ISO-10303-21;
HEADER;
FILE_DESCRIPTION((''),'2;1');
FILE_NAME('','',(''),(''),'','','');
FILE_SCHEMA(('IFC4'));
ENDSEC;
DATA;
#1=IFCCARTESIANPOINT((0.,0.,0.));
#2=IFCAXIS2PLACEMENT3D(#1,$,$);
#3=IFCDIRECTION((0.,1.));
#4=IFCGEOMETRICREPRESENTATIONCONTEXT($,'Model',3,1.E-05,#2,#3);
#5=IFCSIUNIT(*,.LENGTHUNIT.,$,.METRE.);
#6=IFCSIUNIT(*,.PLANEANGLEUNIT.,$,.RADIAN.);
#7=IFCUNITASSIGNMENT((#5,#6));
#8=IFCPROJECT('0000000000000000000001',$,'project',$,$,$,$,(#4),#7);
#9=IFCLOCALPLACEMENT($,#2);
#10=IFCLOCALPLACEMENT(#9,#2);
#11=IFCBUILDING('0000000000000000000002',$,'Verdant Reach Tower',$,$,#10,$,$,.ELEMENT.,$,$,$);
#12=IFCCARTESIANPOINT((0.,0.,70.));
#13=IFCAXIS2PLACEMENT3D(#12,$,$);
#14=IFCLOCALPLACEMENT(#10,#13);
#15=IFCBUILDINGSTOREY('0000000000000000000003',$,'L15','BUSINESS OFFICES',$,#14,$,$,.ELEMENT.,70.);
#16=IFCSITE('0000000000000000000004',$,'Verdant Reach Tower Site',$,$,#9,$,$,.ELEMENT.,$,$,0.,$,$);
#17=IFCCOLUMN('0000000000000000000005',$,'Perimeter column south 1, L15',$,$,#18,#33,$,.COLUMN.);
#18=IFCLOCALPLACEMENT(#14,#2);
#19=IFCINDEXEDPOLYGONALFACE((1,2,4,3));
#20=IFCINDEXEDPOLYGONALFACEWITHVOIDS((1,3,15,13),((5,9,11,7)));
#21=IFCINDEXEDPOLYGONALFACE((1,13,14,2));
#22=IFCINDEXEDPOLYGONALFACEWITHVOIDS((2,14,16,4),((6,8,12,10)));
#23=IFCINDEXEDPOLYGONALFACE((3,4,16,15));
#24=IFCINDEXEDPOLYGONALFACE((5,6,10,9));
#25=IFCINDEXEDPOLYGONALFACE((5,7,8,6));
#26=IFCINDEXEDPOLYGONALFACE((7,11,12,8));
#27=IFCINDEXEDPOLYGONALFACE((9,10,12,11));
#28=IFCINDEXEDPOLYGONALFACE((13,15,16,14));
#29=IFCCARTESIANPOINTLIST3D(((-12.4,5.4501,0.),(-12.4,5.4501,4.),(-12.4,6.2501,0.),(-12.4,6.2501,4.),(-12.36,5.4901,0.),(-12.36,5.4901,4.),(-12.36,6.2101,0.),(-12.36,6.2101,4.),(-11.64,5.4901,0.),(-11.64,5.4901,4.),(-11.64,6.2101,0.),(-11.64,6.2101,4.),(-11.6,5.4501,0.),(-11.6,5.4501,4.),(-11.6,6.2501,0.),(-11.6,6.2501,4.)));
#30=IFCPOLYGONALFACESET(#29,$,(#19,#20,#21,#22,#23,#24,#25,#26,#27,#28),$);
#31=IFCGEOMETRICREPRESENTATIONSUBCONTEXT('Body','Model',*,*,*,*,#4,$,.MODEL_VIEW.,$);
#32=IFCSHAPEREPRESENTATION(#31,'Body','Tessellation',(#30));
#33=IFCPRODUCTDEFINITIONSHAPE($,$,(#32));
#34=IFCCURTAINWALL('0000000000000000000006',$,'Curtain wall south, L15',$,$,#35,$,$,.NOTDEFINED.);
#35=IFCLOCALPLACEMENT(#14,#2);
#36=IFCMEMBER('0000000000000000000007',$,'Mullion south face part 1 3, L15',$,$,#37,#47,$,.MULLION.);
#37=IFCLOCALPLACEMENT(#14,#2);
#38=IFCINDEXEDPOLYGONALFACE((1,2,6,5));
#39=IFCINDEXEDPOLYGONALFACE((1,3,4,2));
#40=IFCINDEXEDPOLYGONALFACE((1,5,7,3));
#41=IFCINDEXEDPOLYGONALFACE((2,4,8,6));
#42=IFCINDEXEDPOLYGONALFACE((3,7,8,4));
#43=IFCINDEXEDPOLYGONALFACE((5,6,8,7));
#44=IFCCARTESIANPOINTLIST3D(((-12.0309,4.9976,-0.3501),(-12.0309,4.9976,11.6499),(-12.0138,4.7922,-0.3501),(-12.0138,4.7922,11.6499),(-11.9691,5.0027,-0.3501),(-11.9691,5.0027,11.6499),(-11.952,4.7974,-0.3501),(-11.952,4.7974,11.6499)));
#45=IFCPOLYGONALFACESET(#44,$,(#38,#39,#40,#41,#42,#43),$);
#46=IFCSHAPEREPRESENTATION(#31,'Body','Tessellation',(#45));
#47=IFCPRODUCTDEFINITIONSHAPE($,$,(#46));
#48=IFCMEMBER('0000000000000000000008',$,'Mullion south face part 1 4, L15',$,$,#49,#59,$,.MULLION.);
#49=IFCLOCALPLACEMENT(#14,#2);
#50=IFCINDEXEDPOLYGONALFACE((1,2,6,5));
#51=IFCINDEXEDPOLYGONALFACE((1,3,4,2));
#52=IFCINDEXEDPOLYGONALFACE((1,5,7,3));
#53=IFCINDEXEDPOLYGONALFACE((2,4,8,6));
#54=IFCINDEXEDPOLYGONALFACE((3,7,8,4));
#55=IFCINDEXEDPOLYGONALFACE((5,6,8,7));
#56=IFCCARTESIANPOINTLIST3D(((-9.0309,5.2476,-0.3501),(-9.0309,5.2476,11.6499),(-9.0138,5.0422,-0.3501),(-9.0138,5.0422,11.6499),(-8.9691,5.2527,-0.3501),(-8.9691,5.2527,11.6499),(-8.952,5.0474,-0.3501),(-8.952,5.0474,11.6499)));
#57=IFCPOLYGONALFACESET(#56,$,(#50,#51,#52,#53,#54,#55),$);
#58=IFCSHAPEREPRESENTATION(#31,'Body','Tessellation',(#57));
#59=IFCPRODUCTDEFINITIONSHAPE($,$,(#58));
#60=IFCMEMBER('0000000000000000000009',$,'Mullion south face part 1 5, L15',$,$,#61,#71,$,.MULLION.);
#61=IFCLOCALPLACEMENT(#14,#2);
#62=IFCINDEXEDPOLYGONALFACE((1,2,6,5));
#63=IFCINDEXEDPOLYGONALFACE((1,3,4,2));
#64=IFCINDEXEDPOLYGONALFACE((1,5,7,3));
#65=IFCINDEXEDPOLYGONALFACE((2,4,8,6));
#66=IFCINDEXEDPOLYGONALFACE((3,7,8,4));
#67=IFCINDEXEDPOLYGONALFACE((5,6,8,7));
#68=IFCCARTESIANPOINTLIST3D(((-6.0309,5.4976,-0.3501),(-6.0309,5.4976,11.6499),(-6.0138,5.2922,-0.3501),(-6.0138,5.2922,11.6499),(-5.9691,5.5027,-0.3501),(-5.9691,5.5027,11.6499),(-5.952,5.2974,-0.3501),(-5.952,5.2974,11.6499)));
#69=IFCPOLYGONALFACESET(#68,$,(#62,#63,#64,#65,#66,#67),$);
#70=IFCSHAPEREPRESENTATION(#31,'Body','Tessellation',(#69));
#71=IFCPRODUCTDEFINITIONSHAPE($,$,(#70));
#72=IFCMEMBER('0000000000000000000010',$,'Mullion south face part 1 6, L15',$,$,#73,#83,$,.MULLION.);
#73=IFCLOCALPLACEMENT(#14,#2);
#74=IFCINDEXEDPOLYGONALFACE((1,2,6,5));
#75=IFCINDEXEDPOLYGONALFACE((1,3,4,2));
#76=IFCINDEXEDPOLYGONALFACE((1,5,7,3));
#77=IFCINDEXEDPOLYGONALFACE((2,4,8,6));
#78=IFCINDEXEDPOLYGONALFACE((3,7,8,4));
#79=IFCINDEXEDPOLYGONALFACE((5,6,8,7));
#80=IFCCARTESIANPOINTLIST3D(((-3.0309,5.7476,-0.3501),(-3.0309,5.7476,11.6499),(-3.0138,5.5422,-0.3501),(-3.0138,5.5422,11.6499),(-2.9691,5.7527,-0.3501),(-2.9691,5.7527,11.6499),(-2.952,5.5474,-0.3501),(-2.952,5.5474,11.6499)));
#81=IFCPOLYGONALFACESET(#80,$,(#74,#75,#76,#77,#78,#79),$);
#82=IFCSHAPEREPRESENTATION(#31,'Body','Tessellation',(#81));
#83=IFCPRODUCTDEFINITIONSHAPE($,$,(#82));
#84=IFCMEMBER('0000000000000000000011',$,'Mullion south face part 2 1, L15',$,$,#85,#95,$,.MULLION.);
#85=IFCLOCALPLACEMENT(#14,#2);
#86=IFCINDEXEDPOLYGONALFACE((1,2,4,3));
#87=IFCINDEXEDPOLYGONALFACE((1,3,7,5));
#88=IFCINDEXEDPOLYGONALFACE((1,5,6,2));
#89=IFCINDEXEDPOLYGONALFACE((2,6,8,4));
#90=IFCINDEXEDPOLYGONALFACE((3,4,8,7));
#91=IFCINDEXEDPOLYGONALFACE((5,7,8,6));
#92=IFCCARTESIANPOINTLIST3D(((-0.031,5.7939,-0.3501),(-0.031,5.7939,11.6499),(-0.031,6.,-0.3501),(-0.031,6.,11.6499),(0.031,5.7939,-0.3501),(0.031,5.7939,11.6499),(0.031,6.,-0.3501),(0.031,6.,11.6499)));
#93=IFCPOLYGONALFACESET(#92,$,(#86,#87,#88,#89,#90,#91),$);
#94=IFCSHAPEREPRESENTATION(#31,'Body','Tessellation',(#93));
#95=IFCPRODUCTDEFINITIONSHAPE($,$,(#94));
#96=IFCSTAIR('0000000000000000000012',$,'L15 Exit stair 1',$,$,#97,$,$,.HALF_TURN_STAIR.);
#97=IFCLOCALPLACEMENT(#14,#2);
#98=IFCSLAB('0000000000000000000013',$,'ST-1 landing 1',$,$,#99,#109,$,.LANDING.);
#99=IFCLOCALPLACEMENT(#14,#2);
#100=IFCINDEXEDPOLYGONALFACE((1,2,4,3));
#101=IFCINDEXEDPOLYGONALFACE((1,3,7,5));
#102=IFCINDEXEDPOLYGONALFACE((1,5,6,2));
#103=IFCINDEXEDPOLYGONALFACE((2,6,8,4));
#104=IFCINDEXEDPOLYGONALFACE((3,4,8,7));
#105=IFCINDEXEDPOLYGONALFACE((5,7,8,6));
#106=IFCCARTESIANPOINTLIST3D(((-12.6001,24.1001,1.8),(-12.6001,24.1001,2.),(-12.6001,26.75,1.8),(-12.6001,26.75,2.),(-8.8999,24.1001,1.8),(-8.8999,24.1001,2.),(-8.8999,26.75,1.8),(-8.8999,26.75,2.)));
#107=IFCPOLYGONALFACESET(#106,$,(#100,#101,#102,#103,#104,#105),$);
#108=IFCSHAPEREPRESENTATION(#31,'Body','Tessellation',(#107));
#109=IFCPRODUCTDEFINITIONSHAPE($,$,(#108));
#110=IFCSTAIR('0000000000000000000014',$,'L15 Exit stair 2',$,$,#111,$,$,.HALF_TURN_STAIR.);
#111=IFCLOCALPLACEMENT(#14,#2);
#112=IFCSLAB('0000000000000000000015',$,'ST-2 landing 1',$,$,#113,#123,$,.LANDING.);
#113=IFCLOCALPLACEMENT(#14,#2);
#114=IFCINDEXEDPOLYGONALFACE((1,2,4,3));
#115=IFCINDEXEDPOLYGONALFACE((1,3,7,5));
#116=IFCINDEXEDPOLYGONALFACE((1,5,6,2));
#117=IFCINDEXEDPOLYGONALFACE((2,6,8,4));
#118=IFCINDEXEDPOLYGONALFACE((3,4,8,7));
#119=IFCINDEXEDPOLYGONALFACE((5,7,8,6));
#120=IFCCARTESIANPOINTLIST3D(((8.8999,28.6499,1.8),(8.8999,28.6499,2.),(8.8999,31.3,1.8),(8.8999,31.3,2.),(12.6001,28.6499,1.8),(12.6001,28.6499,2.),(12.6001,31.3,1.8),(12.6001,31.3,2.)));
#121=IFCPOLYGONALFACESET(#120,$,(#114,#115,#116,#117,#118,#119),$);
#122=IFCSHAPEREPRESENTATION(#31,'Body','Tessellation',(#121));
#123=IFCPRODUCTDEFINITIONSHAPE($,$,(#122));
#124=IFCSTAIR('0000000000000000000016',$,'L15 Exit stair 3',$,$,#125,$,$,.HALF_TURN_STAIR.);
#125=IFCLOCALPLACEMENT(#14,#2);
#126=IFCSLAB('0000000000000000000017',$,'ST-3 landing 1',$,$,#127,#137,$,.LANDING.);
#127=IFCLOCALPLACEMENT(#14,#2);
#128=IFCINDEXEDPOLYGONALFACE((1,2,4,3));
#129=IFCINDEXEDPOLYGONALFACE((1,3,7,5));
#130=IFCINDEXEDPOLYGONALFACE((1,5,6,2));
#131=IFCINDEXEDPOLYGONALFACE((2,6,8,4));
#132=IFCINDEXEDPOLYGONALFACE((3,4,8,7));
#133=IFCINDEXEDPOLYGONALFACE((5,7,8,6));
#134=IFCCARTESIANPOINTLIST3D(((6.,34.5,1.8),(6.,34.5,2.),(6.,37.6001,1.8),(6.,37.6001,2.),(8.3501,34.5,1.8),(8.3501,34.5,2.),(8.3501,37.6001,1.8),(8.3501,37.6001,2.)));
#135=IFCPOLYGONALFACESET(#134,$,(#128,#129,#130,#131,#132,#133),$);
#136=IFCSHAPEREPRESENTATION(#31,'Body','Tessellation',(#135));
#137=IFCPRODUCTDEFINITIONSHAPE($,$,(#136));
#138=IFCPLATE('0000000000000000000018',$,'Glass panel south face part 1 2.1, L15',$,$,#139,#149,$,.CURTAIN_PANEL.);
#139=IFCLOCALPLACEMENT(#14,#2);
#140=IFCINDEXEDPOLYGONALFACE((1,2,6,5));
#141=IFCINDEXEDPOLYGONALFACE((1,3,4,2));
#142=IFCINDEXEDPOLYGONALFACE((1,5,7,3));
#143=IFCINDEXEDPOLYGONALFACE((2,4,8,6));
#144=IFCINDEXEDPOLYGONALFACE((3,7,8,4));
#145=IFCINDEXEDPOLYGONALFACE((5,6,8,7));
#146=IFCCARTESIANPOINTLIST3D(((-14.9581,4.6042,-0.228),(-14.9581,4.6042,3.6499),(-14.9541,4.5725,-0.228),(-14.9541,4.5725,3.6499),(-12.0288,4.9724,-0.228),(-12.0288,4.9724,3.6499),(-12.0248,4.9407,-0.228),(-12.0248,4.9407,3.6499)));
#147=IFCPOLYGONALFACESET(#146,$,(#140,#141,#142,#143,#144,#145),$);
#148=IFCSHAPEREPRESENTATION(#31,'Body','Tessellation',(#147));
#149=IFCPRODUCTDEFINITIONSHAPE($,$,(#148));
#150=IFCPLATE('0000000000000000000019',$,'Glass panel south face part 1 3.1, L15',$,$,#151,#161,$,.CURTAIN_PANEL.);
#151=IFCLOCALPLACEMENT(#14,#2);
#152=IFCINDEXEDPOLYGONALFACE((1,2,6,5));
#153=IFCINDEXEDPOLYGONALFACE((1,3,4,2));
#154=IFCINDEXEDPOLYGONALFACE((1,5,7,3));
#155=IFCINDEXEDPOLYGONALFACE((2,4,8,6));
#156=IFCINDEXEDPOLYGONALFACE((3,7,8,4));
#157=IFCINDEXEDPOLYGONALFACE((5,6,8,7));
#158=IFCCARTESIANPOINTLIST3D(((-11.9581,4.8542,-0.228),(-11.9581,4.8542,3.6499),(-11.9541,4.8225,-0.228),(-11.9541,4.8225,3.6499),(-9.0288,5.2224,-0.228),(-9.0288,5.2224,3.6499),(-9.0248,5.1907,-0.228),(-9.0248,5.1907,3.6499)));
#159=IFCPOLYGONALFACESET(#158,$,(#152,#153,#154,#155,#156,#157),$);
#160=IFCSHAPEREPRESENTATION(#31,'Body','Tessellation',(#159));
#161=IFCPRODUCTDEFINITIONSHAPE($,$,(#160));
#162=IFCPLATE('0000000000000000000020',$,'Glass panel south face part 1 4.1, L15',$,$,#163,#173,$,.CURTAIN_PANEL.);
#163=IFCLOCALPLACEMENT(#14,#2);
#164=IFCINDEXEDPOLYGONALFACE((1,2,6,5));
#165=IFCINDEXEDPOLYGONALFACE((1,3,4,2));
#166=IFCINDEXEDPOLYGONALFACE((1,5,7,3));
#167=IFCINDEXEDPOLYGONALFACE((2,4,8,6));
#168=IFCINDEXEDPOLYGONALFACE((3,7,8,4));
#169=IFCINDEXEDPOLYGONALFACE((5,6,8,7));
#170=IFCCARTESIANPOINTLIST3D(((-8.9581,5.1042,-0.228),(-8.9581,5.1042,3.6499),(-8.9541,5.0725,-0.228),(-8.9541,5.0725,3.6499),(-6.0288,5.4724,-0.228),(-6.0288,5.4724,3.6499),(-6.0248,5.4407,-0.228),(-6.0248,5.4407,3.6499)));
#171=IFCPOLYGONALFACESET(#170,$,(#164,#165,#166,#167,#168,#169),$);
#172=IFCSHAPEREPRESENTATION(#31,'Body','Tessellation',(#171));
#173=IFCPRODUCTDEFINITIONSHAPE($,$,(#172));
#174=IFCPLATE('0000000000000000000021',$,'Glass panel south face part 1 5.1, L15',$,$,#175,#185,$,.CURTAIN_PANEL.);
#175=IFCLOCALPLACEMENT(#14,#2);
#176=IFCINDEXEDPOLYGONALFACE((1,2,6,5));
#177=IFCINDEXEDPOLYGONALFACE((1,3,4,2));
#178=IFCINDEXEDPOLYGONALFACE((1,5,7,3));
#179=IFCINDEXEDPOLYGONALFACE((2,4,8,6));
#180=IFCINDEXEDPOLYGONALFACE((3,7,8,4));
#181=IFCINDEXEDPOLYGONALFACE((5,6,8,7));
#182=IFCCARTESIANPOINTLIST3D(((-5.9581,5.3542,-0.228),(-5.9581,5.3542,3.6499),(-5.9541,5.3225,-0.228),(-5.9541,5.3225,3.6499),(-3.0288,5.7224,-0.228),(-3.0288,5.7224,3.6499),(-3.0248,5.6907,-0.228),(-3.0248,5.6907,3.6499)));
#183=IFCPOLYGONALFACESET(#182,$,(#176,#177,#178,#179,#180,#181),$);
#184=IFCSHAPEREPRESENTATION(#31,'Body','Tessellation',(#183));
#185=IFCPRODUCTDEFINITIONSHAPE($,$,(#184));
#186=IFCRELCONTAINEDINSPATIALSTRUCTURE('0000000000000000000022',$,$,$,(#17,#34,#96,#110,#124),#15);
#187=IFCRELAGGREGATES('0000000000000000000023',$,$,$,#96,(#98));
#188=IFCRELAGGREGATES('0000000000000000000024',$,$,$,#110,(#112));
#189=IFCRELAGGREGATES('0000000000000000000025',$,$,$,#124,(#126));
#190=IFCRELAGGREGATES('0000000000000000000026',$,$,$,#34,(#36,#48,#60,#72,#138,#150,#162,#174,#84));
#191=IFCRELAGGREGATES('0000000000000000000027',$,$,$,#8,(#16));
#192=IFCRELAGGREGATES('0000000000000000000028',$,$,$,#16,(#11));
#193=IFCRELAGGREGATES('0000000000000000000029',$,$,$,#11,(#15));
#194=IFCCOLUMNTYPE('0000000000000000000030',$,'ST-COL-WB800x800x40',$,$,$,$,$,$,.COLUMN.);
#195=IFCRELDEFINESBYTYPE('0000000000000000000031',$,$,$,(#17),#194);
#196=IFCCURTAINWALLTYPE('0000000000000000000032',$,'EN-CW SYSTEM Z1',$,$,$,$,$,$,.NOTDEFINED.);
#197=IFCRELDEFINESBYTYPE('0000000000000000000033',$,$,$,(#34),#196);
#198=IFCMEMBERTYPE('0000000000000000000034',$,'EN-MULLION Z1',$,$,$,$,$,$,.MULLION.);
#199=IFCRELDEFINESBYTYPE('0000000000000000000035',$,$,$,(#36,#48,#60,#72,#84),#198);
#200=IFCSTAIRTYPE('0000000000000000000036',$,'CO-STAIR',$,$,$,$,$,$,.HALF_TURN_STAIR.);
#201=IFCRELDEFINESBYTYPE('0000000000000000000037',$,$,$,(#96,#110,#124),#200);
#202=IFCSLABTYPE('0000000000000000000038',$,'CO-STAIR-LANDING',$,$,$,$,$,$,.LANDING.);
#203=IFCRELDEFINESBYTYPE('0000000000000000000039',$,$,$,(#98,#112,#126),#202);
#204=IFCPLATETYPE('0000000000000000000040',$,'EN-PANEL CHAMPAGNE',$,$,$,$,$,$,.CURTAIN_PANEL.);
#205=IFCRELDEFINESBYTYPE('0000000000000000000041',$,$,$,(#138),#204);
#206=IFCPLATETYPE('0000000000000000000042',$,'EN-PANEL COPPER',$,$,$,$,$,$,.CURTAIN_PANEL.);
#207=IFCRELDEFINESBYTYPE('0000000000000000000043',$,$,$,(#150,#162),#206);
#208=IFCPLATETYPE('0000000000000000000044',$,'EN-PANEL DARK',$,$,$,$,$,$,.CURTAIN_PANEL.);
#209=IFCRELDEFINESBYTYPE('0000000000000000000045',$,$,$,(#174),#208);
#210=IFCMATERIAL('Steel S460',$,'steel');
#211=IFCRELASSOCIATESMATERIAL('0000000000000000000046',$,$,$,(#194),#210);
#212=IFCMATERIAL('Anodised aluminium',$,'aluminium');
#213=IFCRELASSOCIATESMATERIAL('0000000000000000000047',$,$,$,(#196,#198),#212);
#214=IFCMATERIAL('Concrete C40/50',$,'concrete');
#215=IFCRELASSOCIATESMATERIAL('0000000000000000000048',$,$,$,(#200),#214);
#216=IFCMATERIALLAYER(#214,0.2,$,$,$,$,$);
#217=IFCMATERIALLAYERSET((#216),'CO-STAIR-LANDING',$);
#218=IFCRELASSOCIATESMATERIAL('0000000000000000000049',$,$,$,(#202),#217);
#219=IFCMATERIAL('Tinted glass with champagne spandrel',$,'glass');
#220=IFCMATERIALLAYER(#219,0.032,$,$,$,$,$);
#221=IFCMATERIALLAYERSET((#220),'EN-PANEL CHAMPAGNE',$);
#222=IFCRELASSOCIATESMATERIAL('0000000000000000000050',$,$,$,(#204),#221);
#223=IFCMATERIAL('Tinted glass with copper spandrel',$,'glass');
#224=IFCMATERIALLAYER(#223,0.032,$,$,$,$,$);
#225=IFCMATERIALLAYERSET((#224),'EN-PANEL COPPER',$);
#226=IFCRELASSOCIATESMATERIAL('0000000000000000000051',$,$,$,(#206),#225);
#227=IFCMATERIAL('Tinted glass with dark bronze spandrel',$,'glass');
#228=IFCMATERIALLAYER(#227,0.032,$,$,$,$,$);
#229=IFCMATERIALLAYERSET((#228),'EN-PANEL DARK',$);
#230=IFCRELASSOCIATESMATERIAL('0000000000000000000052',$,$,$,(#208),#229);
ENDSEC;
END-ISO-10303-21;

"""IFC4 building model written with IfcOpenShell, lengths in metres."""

from ifc_helpers import new_model, si_unit, direction, frame, origin, origin_2d, place, context, subcontext, project, spatial, polyline, rectangle, hollow_rectangle, outline, extrude, material, layer, layer_set, material_profile, profile_set, type_object, element, aggregate, save


model = new_model("IFC4")

# Units and contexts
model_context = context("Model", 3, precision=1e-05, world=origin(), true_north=direction((0.0, 1.0)))
body_context = subcontext(model_context, "Body", "Model", "MODEL_VIEW")
ifc_project = project(units=[si_unit("LENGTHUNIT", "METRE"), si_unit("PLANEANGLEUNIT", "RADIAN")], contexts=[model_context])

# Site, building, storey
site_placement = place(None, origin())
site = spatial("IfcSite", under=ifc_project, at=site_placement, Name="Verdant Reach Tower Site", CompositionType="ELEMENT", RefElevation=0.0)
building_placement = place(site_placement, origin())
building = spatial("IfcBuilding", under=site, at=building_placement, Name="Verdant Reach Tower", CompositionType="ELEMENT")
storey_placement = place(building_placement, frame((0.0, 0.0, 70.0)))
storey = spatial("IfcBuildingStorey", under=building, at=storey_placement, Name="L15", Description="BUSINESS OFFICES", CompositionType="ELEMENT", Elevation=70.0)

# Column
ifc_material_1 = material(Name="Steel S460", Category="steel")
ifc_material_profile_1 = material_profile(ifc_material_1, hollow_rectangle(XDim=0.8, YDim=0.8, WallThickness=0.04, at=origin_2d()), Name="WB 800x800x40")
ifc_profile_set_1 = profile_set([ifc_material_profile_1], Name="Steel S460")
column_type = type_object("IfcColumnType", Name="ST-COL-WB800x800x40", PredefinedType="COLUMN", material=ifc_profile_set_1)
column_placement = place(storey_placement, frame((-12.0, 5.8501, 0.0), z_axis=(0.0, 0.0, 1.0), x_axis=(1.0, 0.0, 0.0)))
element("IfcColumn", 1, at=column_placement, inside=storey, type_object=column_type, Name="Perimeter column south 1, L15", PredefinedType="COLUMN", context=body_context, shape_type="SweptSolid", body=[
    extrude(hollow_rectangle(XDim=0.8, YDim=0.8, WallThickness=0.04, at=origin_2d()), origin(), (0.0, 0.0, 1.0), 4.0),
])

# Curtain wall, members
ifc_material_2 = material(Name="Anodised aluminium", Category="aluminium")
curtain_wall_type = type_object("IfcCurtainWallType", Name="EN-CW SYSTEM Z1", PredefinedType="NOTDEFINED", material=ifc_material_2)
curtain_wall_placement = place(storey_placement, origin())
curtain_wall = element("IfcCurtainWall", 2, at=curtain_wall_placement, inside=storey, type_object=curtain_wall_type, Name="Curtain wall south, L15", PredefinedType="NOTDEFINED")
ifc_material_profile_2 = material_profile(ifc_material_2, rectangle(XDim=0.2061, YDim=0.062, at=origin_2d()), Name="Mullion 62x206")
ifc_profile_set_2 = profile_set([ifc_material_profile_2], Name="Anodised aluminium")
member_type = type_object("IfcMemberType", Name="EN-MULLION Z1", PredefinedType="MULLION", material=ifc_profile_set_2)
member_1_placement = place(storey_placement, frame((-11.9915, 4.8975, -0.3501), z_axis=(0.0, 0.0, 1.0), x_axis=(0.083045, -0.996546, 0.0)))
member_1 = element("IfcMember", 3, at=member_1_placement, type_object=member_type, Name="Mullion south face part 1 3, L15", PredefinedType="MULLION", context=body_context, shape_type="SweptSolid", body=[
    extrude(rectangle(XDim=0.2061, YDim=0.062, at=origin_2d()), origin(), (0.0, 0.0, 1.0), 12.0),
])
member_2_placement = place(storey_placement, frame((-8.9915, 5.1475, -0.3501), z_axis=(0.0, 0.0, 1.0), x_axis=(0.083045, -0.996546, 0.0)))
member_2 = element("IfcMember", 4, at=member_2_placement, type_object=member_type, Name="Mullion south face part 1 4, L15", PredefinedType="MULLION", context=body_context, shape_type="SweptSolid", body=[
    extrude(rectangle(XDim=0.2061, YDim=0.062, at=origin_2d()), origin(), (0.0, 0.0, 1.0), 12.0),
])
member_3_placement = place(storey_placement, frame((-5.9915, 5.3975, -0.3501), z_axis=(0.0, 0.0, 1.0), x_axis=(0.083045, -0.996546, 0.0)))
member_3 = element("IfcMember", 5, at=member_3_placement, type_object=member_type, Name="Mullion south face part 1 5, L15", PredefinedType="MULLION", context=body_context, shape_type="SweptSolid", body=[
    extrude(rectangle(XDim=0.2061, YDim=0.062, at=origin_2d()), origin(), (0.0, 0.0, 1.0), 12.0),
])
member_4_placement = place(storey_placement, frame((-2.9915, 5.6475, -0.3501), z_axis=(0.0, 0.0, 1.0), x_axis=(0.083045, -0.996546, 0.0)))
member_4 = element("IfcMember", 6, at=member_4_placement, type_object=member_type, Name="Mullion south face part 1 6, L15", PredefinedType="MULLION", context=body_context, shape_type="SweptSolid", body=[
    extrude(rectangle(XDim=0.2061, YDim=0.062, at=origin_2d()), origin(), (0.0, 0.0, 1.0), 12.0),
])
member_5_placement = place(storey_placement, frame((0.0, 5.897, -0.3501), z_axis=(0.0, 0.0, 1.0), x_axis=(0.0, -1.0, 0.0)))
member_5 = element("IfcMember", 7, at=member_5_placement, type_object=member_type, Name="Mullion south face part 2 1, L15", PredefinedType="MULLION", context=body_context, shape_type="SweptSolid", body=[
    extrude(rectangle(XDim=0.2061, YDim=0.062, at=origin_2d()), origin(), (0.0, 0.0, 1.0), 12.0),
])

# Stairs, slabs
ifc_material_3 = material(Name="Concrete C40/50", Category="concrete")
stair_type = type_object("IfcStairType", Name="CO-STAIR", PredefinedType="HALF_TURN_STAIR", material=ifc_material_3)
stair_1_placement = place(storey_placement, origin())
stair_1 = element("IfcStair", 8, at=stair_1_placement, inside=storey, type_object=stair_type, Name="L15 Exit stair 1", PredefinedType="HALF_TURN_STAIR")
ifc_layer_1 = layer(ifc_material_3, 0.2)
ifc_layer_set_1 = layer_set([ifc_layer_1], Name="CO-STAIR-LANDING")
slab_type_1 = type_object("IfcSlabType", Name="CO-STAIR-LANDING", PredefinedType="LANDING", material=ifc_layer_set_1)
slab_1_placement = place(storey_placement, frame((0.0, 0.0, 1.8)))
slab_1 = element("IfcSlab", 9, at=slab_1_placement, type_object=slab_type_1, Name="ST-1 landing 1", PredefinedType="LANDING", context=body_context, shape_type="SweptSolid", body=[
    extrude(outline(polyline([(-12.6001, 26.75), (-12.6001, 24.1001), (-8.8999, 24.1001), (-8.8999, 26.75), (-12.6001, 26.75)])), origin(), (0.0, 0.0, 1.0), 0.2),
])
aggregate(stair_1, [slab_1])
stair_2_placement = place(storey_placement, origin())
stair_2 = element("IfcStair", 10, at=stair_2_placement, inside=storey, type_object=stair_type, Name="L15 Exit stair 2", PredefinedType="HALF_TURN_STAIR")
slab_2_placement = place(storey_placement, frame((0.0, 0.0, 1.8)))
slab_2 = element("IfcSlab", 11, at=slab_2_placement, type_object=slab_type_1, Name="ST-2 landing 1", PredefinedType="LANDING", context=body_context, shape_type="SweptSolid", body=[
    extrude(outline(polyline([(12.6001, 28.6499), (12.6001, 31.3), (8.8999, 31.3), (8.8999, 28.6499), (12.6001, 28.6499)])), origin(), (0.0, 0.0, 1.0), 0.2),
])
aggregate(stair_2, [slab_2])
stair_3_placement = place(storey_placement, origin())
stair_3 = element("IfcStair", 12, at=stair_3_placement, inside=storey, type_object=stair_type, Name="L15 Exit stair 3", PredefinedType="HALF_TURN_STAIR")
slab_3_placement = place(storey_placement, frame((0.0, 0.0, 1.8)))
slab_3 = element("IfcSlab", 13, at=slab_3_placement, type_object=slab_type_1, Name="ST-3 landing 1", PredefinedType="LANDING", context=body_context, shape_type="SweptSolid", body=[
    extrude(outline(polyline([(8.3501, 37.6001), (6.0, 37.6001), (6.0, 34.5), (8.3501, 34.5), (8.3501, 37.6001)])), origin(), (0.0, 0.0, 1.0), 0.2),
])
aggregate(stair_3, [slab_3])

# Plates
ifc_material_4 = material(Name="Tinted glass with champagne spandrel", Category="glass")
ifc_layer_2 = layer(ifc_material_4, 0.032)
ifc_layer_set_2 = layer_set([ifc_layer_2], Name="EN-PANEL CHAMPAGNE")
plate_type_1 = type_object("IfcPlateType", Name="EN-PANEL CHAMPAGNE", PredefinedType="CURTAIN_PANEL", material=ifc_layer_set_2)
plate_1_placement = place(storey_placement, frame((-13.4915, 4.7725, -0.228), z_axis=(0.0, 0.0, 1.0), x_axis=(0.992194, 0.124704, 0.0)))
plate_1 = element("IfcPlate", 14, at=plate_1_placement, type_object=plate_type_1, Name="Glass panel south face part 1 2.1, L15", PredefinedType="CURTAIN_PANEL", context=body_context, shape_type="SweptSolid", body=[
    extrude(rectangle(XDim=2.9524, YDim=0.032, at=origin_2d()), origin(), (0.0, 0.0, 1.0), 3.8779),
])
ifc_material_5 = material(Name="Tinted glass with copper spandrel", Category="glass")
ifc_layer_3 = layer(ifc_material_5, 0.032)
ifc_layer_set_3 = layer_set([ifc_layer_3], Name="EN-PANEL COPPER")
plate_type_2 = type_object("IfcPlateType", Name="EN-PANEL COPPER", PredefinedType="CURTAIN_PANEL", material=ifc_layer_set_3)
plate_2_placement = place(storey_placement, frame((-10.4915, 5.0225, -0.228), z_axis=(0.0, 0.0, 1.0), x_axis=(0.992194, 0.124704, 0.0)))
plate_2 = element("IfcPlate", 15, at=plate_2_placement, type_object=plate_type_2, Name="Glass panel south face part 1 3.1, L15", PredefinedType="CURTAIN_PANEL", context=body_context, shape_type="SweptSolid", body=[
    extrude(rectangle(XDim=2.9524, YDim=0.032, at=origin_2d()), origin(), (0.0, 0.0, 1.0), 3.8779),
])
plate_3_placement = place(storey_placement, frame((-7.4915, 5.2725, -0.228), z_axis=(0.0, 0.0, 1.0), x_axis=(0.992194, 0.124704, 0.0)))
plate_3 = element("IfcPlate", 16, at=plate_3_placement, type_object=plate_type_2, Name="Glass panel south face part 1 4.1, L15", PredefinedType="CURTAIN_PANEL", context=body_context, shape_type="SweptSolid", body=[
    extrude(rectangle(XDim=2.9524, YDim=0.032, at=origin_2d()), origin(), (0.0, 0.0, 1.0), 3.8779),
])
ifc_material_6 = material(Name="Tinted glass with dark bronze spandrel", Category="glass")
ifc_layer_4 = layer(ifc_material_6, 0.032)
ifc_layer_set_4 = layer_set([ifc_layer_4], Name="EN-PANEL DARK")
plate_type_3 = type_object("IfcPlateType", Name="EN-PANEL DARK", PredefinedType="CURTAIN_PANEL", material=ifc_layer_set_4)
plate_4_placement = place(storey_placement, frame((-4.4915, 5.5225, -0.228), z_axis=(0.0, 0.0, 1.0), x_axis=(0.992194, 0.124704, 0.0)))
plate_4 = element("IfcPlate", 17, at=plate_4_placement, type_object=plate_type_3, Name="Glass panel south face part 1 5.1, L15", PredefinedType="CURTAIN_PANEL", context=body_context, shape_type="SweptSolid", body=[
    extrude(rectangle(XDim=2.9524, YDim=0.032, at=origin_2d()), origin(), (0.0, 0.0, 1.0), 3.8779),
])
aggregate(curtain_wall, [member_1, member_2, member_3, member_4, plate_1, plate_2, plate_3, plate_4, member_5])

save(model, "model.ifc")
